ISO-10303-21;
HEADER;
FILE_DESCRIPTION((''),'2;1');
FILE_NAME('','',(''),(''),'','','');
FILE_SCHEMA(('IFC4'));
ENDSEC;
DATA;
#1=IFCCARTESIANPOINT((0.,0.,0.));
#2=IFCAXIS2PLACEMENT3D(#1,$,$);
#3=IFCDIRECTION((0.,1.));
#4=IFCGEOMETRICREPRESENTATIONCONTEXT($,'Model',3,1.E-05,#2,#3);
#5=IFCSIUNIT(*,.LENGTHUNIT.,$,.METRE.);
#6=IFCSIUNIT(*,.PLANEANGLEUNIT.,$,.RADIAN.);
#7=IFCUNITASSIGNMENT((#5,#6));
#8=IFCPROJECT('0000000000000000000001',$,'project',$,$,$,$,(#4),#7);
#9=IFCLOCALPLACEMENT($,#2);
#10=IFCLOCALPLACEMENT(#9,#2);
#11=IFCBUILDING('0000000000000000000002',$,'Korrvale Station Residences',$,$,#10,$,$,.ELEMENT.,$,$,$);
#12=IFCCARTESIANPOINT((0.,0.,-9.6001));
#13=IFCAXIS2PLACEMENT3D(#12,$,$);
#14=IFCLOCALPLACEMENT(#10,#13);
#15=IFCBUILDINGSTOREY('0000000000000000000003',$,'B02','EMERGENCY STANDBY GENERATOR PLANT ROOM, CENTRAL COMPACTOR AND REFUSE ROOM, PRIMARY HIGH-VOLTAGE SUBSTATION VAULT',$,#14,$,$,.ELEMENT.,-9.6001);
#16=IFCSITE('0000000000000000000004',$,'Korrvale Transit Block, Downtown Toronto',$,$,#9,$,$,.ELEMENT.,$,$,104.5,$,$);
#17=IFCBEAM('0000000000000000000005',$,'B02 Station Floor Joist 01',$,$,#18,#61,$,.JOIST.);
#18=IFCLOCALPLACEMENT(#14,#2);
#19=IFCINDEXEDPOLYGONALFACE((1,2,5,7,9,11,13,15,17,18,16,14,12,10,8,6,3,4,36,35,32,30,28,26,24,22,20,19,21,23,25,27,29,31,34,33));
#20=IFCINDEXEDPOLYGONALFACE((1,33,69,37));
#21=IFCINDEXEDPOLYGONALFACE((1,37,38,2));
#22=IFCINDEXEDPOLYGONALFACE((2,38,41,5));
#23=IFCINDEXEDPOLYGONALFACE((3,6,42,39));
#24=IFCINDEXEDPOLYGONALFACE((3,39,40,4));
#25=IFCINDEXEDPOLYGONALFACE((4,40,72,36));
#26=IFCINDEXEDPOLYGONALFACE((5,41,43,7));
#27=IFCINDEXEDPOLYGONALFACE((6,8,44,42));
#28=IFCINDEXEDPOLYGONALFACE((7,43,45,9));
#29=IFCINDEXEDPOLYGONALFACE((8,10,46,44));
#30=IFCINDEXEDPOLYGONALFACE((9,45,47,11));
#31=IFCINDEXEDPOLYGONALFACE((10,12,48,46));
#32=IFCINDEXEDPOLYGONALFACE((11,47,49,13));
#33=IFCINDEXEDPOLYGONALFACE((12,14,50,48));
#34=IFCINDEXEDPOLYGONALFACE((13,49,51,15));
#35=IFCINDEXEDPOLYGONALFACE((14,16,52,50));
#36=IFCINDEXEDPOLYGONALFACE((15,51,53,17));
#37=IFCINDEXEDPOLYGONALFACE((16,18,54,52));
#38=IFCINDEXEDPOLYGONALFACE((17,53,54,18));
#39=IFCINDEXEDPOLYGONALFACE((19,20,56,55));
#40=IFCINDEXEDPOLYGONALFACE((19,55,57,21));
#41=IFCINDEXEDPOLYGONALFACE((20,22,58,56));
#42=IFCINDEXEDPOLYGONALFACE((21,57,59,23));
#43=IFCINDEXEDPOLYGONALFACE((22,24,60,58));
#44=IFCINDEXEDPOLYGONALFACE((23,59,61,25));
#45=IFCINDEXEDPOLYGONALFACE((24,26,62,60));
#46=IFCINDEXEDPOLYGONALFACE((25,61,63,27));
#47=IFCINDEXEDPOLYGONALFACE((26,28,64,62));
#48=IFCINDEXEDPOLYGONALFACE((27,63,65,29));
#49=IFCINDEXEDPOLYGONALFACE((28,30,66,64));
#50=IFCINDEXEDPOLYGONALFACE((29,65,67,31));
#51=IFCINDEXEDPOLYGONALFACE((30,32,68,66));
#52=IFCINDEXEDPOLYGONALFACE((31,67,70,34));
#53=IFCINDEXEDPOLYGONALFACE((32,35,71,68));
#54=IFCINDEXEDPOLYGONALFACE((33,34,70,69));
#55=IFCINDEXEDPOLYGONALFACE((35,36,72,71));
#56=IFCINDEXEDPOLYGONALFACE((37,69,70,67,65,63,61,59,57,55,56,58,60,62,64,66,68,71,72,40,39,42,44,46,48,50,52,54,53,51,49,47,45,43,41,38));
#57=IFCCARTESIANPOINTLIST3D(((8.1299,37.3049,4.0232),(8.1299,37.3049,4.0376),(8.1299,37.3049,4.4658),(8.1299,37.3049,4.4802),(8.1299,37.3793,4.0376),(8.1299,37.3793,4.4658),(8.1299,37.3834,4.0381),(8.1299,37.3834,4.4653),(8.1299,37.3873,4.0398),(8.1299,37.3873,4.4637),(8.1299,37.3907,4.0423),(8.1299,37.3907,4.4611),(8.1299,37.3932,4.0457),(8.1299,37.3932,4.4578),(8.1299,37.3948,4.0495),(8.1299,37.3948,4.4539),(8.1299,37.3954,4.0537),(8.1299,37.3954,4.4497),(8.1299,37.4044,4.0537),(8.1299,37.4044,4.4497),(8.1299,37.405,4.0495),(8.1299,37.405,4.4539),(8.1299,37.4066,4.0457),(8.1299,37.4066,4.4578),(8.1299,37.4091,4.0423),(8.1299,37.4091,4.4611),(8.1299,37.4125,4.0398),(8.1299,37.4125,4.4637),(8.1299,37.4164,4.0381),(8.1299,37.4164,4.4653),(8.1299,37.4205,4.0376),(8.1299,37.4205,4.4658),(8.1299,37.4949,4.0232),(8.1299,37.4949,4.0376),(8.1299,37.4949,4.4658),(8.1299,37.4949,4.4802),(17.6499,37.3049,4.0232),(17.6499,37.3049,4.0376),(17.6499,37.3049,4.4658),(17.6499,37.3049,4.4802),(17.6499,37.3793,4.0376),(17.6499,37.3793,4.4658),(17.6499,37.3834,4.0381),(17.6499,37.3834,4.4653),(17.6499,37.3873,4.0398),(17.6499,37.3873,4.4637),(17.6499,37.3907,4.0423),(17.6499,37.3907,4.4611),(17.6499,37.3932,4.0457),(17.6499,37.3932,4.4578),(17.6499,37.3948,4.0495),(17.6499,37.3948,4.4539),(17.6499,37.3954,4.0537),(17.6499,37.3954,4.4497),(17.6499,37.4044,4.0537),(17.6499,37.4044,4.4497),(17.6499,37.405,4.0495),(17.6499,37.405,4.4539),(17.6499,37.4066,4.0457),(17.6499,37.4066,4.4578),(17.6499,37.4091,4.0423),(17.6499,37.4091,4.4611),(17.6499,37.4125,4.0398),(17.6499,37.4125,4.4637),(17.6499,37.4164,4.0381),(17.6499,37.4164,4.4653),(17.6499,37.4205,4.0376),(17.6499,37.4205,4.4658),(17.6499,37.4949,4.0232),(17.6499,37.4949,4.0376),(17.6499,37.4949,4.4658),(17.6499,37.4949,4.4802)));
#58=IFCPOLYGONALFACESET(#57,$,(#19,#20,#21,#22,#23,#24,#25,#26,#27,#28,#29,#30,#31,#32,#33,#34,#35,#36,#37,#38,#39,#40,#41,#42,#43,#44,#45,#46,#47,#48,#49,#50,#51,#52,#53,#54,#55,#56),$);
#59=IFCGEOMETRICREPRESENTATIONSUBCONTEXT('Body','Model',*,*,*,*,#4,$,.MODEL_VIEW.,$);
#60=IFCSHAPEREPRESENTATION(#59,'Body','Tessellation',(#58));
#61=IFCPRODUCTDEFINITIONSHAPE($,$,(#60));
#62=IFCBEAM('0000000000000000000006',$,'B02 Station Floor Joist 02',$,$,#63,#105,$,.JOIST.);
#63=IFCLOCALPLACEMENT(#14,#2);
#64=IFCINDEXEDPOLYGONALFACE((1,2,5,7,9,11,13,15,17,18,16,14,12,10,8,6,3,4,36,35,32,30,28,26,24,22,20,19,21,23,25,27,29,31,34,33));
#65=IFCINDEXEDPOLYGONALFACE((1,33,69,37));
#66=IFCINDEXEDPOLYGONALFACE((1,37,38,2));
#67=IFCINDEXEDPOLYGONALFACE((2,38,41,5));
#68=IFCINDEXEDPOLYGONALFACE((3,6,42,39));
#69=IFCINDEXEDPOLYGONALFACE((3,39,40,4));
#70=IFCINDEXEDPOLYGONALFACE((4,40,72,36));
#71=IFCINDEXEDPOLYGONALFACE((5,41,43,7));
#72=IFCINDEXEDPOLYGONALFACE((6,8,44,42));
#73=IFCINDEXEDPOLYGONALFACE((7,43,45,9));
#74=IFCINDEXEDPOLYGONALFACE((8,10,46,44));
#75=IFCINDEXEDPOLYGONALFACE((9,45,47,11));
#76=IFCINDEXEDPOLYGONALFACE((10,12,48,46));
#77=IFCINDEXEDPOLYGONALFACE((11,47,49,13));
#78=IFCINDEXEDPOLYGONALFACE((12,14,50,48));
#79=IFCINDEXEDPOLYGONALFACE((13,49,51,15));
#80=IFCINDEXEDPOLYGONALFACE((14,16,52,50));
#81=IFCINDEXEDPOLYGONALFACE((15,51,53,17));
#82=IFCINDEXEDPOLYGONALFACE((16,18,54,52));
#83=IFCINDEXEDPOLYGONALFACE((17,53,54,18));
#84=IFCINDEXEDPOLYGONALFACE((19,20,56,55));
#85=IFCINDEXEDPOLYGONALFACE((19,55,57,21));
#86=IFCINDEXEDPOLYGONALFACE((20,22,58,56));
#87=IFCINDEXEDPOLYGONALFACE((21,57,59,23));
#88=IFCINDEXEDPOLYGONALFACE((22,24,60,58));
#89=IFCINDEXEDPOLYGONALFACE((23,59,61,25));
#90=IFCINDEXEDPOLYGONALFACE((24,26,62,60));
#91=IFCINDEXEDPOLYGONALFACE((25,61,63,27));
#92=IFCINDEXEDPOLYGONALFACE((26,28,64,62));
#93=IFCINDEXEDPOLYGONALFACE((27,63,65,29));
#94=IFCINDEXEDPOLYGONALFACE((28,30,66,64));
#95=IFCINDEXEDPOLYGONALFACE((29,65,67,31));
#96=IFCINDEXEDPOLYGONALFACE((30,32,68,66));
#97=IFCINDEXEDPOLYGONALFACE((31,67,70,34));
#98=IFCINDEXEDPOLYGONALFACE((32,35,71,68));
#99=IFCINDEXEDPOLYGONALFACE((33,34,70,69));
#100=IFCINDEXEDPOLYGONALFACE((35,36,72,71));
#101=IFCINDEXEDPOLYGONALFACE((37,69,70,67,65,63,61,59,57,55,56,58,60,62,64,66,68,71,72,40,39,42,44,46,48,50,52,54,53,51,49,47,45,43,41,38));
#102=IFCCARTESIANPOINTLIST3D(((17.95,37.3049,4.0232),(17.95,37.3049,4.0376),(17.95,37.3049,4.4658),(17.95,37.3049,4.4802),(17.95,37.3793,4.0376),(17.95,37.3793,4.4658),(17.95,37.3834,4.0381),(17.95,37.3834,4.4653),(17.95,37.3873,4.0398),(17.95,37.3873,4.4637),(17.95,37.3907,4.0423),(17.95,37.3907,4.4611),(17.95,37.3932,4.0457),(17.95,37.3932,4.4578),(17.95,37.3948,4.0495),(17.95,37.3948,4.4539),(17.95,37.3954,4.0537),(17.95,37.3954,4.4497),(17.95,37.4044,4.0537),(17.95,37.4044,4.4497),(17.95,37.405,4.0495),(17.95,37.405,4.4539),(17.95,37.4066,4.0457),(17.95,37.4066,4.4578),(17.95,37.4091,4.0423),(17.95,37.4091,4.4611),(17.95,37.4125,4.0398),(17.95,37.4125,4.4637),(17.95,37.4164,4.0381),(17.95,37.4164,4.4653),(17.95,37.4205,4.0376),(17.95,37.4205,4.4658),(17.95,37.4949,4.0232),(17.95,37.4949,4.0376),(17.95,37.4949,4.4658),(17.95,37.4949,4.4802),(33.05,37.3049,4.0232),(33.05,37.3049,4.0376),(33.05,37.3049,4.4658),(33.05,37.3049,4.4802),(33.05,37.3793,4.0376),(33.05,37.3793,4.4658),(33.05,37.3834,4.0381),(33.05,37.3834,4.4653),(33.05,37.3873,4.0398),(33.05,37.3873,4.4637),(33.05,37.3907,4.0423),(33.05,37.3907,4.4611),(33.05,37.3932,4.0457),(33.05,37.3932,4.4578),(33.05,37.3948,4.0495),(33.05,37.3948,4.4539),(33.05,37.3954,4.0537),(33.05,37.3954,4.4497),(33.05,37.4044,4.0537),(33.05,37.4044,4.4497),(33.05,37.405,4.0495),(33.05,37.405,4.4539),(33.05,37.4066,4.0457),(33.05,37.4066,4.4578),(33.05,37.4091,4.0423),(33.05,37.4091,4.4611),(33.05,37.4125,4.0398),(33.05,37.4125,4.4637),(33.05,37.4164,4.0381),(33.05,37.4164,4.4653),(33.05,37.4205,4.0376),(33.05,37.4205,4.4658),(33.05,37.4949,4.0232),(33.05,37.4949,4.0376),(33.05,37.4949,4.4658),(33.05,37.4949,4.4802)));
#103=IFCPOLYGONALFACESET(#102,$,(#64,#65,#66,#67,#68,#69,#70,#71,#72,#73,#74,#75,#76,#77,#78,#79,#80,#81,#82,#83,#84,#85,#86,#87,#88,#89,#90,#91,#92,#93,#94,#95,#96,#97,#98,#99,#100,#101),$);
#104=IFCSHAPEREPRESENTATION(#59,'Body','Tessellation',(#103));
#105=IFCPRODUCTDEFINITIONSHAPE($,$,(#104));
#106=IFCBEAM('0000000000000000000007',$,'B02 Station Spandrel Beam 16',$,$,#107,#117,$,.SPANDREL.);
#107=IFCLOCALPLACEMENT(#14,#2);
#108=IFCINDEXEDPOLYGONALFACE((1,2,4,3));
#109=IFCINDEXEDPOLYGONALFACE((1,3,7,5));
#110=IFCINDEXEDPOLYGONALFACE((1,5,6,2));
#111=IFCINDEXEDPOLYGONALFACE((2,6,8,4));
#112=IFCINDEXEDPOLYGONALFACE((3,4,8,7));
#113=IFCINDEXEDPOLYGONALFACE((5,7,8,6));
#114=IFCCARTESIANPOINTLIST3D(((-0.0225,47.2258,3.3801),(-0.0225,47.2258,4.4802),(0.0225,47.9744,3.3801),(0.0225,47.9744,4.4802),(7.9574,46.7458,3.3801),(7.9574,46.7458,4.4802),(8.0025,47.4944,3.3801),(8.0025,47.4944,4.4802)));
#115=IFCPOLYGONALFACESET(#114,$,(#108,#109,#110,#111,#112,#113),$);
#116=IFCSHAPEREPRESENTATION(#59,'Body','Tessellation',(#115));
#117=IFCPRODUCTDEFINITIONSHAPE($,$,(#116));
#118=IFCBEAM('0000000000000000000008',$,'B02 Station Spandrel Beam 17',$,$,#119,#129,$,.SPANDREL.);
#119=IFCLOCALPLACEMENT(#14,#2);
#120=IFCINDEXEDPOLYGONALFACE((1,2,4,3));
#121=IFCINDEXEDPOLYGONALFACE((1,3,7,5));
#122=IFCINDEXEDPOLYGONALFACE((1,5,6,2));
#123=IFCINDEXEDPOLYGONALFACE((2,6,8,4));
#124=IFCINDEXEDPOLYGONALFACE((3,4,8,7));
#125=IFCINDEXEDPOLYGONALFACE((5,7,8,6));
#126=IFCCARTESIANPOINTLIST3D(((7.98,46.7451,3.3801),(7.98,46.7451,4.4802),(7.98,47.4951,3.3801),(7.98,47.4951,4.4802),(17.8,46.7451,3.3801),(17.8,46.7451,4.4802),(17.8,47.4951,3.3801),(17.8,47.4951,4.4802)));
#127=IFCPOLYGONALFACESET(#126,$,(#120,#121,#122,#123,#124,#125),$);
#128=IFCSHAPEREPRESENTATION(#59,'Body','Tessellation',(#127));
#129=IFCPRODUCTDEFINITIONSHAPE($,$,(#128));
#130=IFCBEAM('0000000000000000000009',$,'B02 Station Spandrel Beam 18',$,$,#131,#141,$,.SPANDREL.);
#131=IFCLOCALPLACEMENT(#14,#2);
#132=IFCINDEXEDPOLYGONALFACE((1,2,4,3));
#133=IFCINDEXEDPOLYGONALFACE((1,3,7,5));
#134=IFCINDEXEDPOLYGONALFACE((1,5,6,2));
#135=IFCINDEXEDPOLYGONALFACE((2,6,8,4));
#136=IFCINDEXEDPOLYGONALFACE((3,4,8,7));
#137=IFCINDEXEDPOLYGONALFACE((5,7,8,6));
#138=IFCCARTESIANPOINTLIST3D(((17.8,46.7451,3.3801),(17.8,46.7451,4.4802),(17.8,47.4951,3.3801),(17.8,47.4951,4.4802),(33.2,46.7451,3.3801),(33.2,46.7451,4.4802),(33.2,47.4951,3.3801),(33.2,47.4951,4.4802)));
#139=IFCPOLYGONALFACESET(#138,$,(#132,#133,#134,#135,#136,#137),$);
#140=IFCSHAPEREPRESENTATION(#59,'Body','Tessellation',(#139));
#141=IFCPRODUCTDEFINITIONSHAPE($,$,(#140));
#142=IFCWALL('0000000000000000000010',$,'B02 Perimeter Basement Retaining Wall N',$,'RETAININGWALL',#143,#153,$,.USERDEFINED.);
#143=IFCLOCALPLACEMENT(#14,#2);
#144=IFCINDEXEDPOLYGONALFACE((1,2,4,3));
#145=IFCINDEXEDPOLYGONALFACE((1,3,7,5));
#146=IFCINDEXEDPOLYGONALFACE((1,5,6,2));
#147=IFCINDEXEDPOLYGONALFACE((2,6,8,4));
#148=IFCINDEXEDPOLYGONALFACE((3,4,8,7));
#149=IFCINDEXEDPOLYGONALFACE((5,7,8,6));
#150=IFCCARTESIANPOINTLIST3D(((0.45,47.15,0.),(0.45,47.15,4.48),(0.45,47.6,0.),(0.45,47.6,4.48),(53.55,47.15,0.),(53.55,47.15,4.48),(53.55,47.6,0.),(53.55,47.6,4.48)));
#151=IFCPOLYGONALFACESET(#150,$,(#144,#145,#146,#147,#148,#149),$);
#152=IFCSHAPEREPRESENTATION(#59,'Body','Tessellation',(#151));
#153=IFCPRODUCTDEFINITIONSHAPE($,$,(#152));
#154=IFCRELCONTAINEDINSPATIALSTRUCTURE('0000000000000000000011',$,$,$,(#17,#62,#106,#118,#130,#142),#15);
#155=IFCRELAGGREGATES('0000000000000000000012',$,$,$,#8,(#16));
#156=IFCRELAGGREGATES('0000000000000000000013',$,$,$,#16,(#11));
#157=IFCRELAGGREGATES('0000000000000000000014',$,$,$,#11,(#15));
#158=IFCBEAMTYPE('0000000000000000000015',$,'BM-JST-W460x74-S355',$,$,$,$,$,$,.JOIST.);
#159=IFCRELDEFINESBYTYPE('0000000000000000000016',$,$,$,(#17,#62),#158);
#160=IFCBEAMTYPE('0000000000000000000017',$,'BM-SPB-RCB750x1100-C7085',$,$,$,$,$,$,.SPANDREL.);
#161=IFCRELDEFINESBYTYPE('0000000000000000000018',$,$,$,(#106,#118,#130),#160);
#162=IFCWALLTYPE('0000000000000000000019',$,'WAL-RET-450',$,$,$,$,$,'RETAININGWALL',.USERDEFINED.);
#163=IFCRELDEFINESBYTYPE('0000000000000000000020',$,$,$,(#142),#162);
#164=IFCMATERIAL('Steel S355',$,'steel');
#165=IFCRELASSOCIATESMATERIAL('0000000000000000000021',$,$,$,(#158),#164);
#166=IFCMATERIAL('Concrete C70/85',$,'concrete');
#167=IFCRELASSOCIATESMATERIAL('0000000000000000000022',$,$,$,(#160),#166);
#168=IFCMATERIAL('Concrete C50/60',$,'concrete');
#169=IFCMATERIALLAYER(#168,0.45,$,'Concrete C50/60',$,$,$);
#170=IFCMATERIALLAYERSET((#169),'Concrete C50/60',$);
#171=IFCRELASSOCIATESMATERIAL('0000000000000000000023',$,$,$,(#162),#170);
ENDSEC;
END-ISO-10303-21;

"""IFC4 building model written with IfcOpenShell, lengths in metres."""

from ifc_helpers import new_model, si_unit, direction, frame, frame_2d, origin, origin_2d, place, context, subcontext, project, spatial, rectangle, i_section, extrude, material, layer, layer_set, material_profile, profile_set, type_object, element, save


model = new_model("IFC4")

# Units and contexts
model_context = context("Model", 3, precision=1e-05, world=origin(), true_north=direction((0.0, 1.0)))
body_context = subcontext(model_context, "Body", "Model", "MODEL_VIEW")
ifc_project = project(units=[si_unit("LENGTHUNIT", "METRE"), si_unit("PLANEANGLEUNIT", "RADIAN")], contexts=[model_context])

# Site, building, storey
site_placement = place(None, origin())
site = spatial("IfcSite", under=ifc_project, at=site_placement, Name="Korrvale Transit Block, Downtown Toronto", CompositionType="ELEMENT", RefElevation=104.5)
building_placement = place(site_placement, origin())
building = spatial("IfcBuilding", under=site, at=building_placement, Name="Korrvale Station Residences", CompositionType="ELEMENT")
storey_placement = place(building_placement, frame((0.0, 0.0, -9.6001)))
storey = spatial("IfcBuildingStorey", under=building, at=storey_placement, Name="B02", Description="EMERGENCY STANDBY GENERATOR PLANT ROOM, CENTRAL COMPACTOR AND REFUSE ROOM, PRIMARY HIGH-VOLTAGE SUBSTATION VAULT", CompositionType="ELEMENT", Elevation=-9.6001)

# Shared definitions
ifc_material_1 = material(Name="Concrete C50/60", Category="concrete")

# Shared definitions
ifc_material_2 = material(Name="Concrete C70/85", Category="concrete")

# Beams
ifc_material_3 = material(Name="Steel S355", Category="steel")
ifc_material_profile_1 = material_profile(ifc_material_3, i_section(OverallWidth=0.1899, OverallDepth=0.457, WebThickness=0.009, FlangeThickness=0.0144, FilletRadius=0.0161, at=origin_2d()), Name="W460x74")
ifc_profile_set_1 = profile_set([ifc_material_profile_1], Name="Steel S355")
beam_type_1 = type_object("IfcBeamType", Name="BM-JST-W460x74-S355", PredefinedType="JOIST", material=ifc_profile_set_1)
beam_1_placement = place(storey_placement, frame((8.1299, 37.3999, 4.2517), z_axis=(1.0, 0.0, 0.0), x_axis=(0.0, 1.0, 0.0)))
element("IfcBeam", 1, at=beam_1_placement, inside=storey, type_object=beam_type_1, Name="B02 Station Floor Joist 01", PredefinedType="JOIST", context=body_context, shape_type="SweptSolid", body=[
    extrude(i_section(OverallWidth=0.1899, OverallDepth=0.457, WebThickness=0.009, FlangeThickness=0.0144, FilletRadius=0.0161, at=origin_2d()), origin(), (0.0, 0.0, 1.0), 9.52),
])
beam_2_placement = place(storey_placement, frame((17.95, 37.3999, 4.2517), z_axis=(1.0, 0.0, 0.0), x_axis=(0.0, 1.0, 0.0)))
element("IfcBeam", 2, at=beam_2_placement, inside=storey, type_object=beam_type_1, Name="B02 Station Floor Joist 02", PredefinedType="JOIST", context=body_context, shape_type="SweptSolid", body=[
    extrude(i_section(OverallWidth=0.1899, OverallDepth=0.457, WebThickness=0.009, FlangeThickness=0.0144, FilletRadius=0.0161, at=origin_2d()), origin(), (0.0, 0.0, 1.0), 15.1001),
])
ifc_material_profile_2 = material_profile(ifc_material_2, rectangle(XDim=0.75, YDim=1.1001, at=origin_2d()), Name="RCB750x1100")
ifc_profile_set_2 = profile_set([ifc_material_profile_2], Name="Concrete C70/85")
beam_type_2 = type_object("IfcBeamType", Name="BM-SPB-RCB750x1100-C7085", PredefinedType="SPANDREL", material=ifc_profile_set_2)
beam_3_placement = place(storey_placement, frame((0.0, 47.6001, 3.9302), z_axis=(0.998196, -0.06004, 0.0), x_axis=(0.06004, 0.998196, 0.0)))
element("IfcBeam", 3, at=beam_3_placement, inside=storey, type_object=beam_type_2, Name="B02 Station Spandrel Beam 16", PredefinedType="SPANDREL", context=body_context, shape_type="SweptSolid", body=[
    extrude(rectangle(XDim=0.75, YDim=1.1001, at=origin_2d()), origin(), (0.0, 0.0, 1.0), 7.9944),
])
beam_4_placement = place(storey_placement, frame((7.98, 47.1201, 3.9302), z_axis=(1.0, 0.0, 0.0), x_axis=(0.0, 1.0, 0.0)))
element("IfcBeam", 4, at=beam_4_placement, inside=storey, type_object=beam_type_2, Name="B02 Station Spandrel Beam 17", PredefinedType="SPANDREL", context=body_context, shape_type="SweptSolid", body=[
    extrude(rectangle(XDim=0.75, YDim=1.1001, at=origin_2d()), origin(), (0.0, 0.0, 1.0), 9.8201),
])
beam_5_placement = place(storey_placement, frame((17.8, 47.1201, 3.9302), z_axis=(1.0, 0.0, 0.0), x_axis=(0.0, 1.0, 0.0)))
element("IfcBeam", 5, at=beam_5_placement, inside=storey, type_object=beam_type_2, Name="B02 Station Spandrel Beam 18", PredefinedType="SPANDREL", context=body_context, shape_type="SweptSolid", body=[
    extrude(rectangle(XDim=0.75, YDim=1.1001, at=origin_2d()), origin(), (0.0, 0.0, 1.0), 15.3999),
])

# Wall
ifc_layer = layer(ifc_material_1, 0.45, Name="Concrete C50/60")
ifc_layer_set = layer_set([ifc_layer], Name="Concrete C50/60")
wall_type = type_object("IfcWallType", Name="WAL-RET-450", ElementType="RETAININGWALL", PredefinedType="USERDEFINED", material=ifc_layer_set)
wall_placement = place(storey_placement, frame((0.45, 47.375, 0.0), z_axis=(0.0, 0.0, 1.0), x_axis=(1.0, 0.0, 0.0)))
element("IfcWall", 6, at=wall_placement, inside=storey, type_object=wall_type, Name="B02 Perimeter Basement Retaining Wall N", ObjectType="RETAININGWALL", PredefinedType="USERDEFINED", context=body_context, shape_type="SweptSolid", body=[
    extrude(rectangle(XDim=53.1001, YDim=0.45, at=frame_2d((26.55, 0.0))), origin(), (0.0, 0.0, 1.0), 4.48),
])

save(model, "model.ifc")
